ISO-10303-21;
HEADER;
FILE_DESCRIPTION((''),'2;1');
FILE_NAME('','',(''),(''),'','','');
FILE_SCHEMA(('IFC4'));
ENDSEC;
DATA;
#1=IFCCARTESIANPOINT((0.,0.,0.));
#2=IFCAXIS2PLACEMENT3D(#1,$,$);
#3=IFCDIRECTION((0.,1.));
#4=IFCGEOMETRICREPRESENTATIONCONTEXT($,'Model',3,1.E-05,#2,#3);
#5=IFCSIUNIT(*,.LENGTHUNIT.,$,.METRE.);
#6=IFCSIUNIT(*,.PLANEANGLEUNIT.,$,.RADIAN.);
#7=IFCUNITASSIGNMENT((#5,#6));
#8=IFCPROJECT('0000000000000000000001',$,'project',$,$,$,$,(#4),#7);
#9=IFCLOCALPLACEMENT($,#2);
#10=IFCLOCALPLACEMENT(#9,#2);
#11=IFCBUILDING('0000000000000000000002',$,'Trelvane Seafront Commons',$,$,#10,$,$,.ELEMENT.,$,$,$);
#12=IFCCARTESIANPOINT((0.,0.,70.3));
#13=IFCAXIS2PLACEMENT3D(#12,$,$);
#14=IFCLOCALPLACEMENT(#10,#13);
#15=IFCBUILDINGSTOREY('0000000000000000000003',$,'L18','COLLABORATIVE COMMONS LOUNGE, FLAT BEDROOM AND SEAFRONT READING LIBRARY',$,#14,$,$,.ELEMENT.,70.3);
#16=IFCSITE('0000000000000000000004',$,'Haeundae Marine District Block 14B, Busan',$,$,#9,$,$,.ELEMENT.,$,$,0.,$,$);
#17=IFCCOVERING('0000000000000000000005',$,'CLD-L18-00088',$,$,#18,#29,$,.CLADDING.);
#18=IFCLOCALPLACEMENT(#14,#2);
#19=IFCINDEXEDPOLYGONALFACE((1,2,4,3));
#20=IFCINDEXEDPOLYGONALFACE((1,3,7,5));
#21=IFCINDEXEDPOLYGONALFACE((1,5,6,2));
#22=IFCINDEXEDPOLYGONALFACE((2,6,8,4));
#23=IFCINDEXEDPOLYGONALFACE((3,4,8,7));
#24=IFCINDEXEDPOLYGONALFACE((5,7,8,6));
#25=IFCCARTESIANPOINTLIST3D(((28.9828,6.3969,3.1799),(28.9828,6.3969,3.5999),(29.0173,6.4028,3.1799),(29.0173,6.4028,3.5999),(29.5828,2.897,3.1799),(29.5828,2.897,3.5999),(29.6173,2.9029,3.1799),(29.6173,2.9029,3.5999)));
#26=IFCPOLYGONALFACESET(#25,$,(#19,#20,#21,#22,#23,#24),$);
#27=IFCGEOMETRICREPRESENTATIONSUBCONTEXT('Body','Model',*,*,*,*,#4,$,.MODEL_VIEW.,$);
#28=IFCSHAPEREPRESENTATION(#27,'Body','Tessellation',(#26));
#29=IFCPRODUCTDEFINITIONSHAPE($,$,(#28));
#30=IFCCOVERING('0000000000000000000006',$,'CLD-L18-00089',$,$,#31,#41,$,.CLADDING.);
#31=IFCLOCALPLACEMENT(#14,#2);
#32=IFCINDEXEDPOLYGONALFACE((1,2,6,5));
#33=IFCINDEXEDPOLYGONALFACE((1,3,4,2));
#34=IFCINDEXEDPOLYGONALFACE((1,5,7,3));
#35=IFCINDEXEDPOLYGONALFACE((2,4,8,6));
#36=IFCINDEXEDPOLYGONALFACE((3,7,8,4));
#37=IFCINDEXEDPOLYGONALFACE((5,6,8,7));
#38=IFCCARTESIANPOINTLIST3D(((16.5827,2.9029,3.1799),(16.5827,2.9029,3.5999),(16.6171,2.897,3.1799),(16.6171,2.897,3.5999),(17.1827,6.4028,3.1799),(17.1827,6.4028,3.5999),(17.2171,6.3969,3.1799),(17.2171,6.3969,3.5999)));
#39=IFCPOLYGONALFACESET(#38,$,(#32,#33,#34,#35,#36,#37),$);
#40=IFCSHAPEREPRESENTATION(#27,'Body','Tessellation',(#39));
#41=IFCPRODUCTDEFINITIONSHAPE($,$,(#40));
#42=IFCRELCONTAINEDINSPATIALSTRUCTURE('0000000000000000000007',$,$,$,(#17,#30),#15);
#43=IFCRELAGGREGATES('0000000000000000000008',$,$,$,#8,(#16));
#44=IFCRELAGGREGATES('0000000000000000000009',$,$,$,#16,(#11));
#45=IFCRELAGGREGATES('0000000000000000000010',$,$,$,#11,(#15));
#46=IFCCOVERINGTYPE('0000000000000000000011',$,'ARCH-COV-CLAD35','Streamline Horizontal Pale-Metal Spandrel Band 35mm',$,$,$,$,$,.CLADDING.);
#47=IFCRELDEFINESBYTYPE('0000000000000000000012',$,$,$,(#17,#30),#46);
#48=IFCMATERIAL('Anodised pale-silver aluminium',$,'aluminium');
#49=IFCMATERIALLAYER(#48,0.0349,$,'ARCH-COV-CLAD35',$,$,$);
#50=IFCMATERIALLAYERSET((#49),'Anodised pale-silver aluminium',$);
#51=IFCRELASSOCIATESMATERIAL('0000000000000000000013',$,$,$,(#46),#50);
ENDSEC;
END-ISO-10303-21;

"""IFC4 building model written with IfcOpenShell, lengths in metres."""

from ifc_helpers import new_model, si_unit, direction, frame, origin, origin_2d, place, context, subcontext, project, spatial, rectangle, extrude, source, transform, mapped, material, layer, layer_set, type_object, element, save


model = new_model("IFC4")

# Units and contexts
model_context = context("Model", 3, precision=1e-05, world=origin(), true_north=direction((0.0, 1.0)))
body_context = subcontext(model_context, "Body", "Model", "MODEL_VIEW")
ifc_project = project(units=[si_unit("LENGTHUNIT", "METRE"), si_unit("PLANEANGLEUNIT", "RADIAN")], contexts=[model_context])

# Site, building, storey
site_placement = place(None, origin())
site = spatial("IfcSite", under=ifc_project, at=site_placement, Name="Haeundae Marine District Block 14B, Busan", CompositionType="ELEMENT", RefElevation=0.0)
building_placement = place(site_placement, origin())
building = spatial("IfcBuilding", under=site, at=building_placement, Name="Trelvane Seafront Commons", CompositionType="ELEMENT")
storey_placement = place(building_placement, frame((0.0, 0.0, 70.3)))
storey = spatial("IfcBuildingStorey", under=building, at=storey_placement, Name="L18", Description="COLLABORATIVE COMMONS LOUNGE, FLAT BEDROOM AND SEAFRONT READING LIBRARY", CompositionType="ELEMENT", Elevation=70.3)

# Shared definitions
ifc_material_1 = material(Name="Anodised pale-silver aluminium", Category="aluminium")

# Coverings
ifc_layer_1 = layer(ifc_material_1, 0.0349, Name="ARCH-COV-CLAD35")
ifc_layer_set_1 = layer_set([ifc_layer_1], Name="Anodised pale-silver aluminium")
covering_type = type_object("IfcCoveringType", Name="ARCH-COV-CLAD35", Description="Streamline Horizontal Pale-Metal Spandrel Band 35mm", PredefinedType="CLADDING", material=ifc_layer_set_1)
shared_shape_1 = source(origin(), body_context, "Body", "SweptSolid", [
    extrude(rectangle(XDim=3.551, YDim=0.0349, at=origin_2d()), origin(), (0.0, 0.0, 1.0), 0.4199),
])
for number, where, z_axis, x_axis, name in (
    (1, (29.3, 4.6499, 3.1799), (0.0, 0.0, 1.0), (-0.168964, 0.985622, 0.0), "CLD-L18-00088"),
    (2, (16.8999, 4.6499, 3.1799), (0.0, 0.0, 1.0), (-0.168964, -0.985622, 0.0), "CLD-L18-00089"),
):
    element("IfcCovering", number, at=place(storey_placement, frame(where, z_axis=z_axis, x_axis=x_axis)), inside=storey, type_object=covering_type, Name=name, PredefinedType="CLADDING", context=body_context, shape_type="MappedRepresentation", body=[
        mapped(shared_shape_1, transform((0.0, 0.0, 0.0), x_axis=(1.0, 0.0, 0.0), y_axis=(0.0, 1.0, 0.0), z_axis=(0.0, 0.0, 1.0), scale=1.0)),
    ])

save(model, "model.ifc")
